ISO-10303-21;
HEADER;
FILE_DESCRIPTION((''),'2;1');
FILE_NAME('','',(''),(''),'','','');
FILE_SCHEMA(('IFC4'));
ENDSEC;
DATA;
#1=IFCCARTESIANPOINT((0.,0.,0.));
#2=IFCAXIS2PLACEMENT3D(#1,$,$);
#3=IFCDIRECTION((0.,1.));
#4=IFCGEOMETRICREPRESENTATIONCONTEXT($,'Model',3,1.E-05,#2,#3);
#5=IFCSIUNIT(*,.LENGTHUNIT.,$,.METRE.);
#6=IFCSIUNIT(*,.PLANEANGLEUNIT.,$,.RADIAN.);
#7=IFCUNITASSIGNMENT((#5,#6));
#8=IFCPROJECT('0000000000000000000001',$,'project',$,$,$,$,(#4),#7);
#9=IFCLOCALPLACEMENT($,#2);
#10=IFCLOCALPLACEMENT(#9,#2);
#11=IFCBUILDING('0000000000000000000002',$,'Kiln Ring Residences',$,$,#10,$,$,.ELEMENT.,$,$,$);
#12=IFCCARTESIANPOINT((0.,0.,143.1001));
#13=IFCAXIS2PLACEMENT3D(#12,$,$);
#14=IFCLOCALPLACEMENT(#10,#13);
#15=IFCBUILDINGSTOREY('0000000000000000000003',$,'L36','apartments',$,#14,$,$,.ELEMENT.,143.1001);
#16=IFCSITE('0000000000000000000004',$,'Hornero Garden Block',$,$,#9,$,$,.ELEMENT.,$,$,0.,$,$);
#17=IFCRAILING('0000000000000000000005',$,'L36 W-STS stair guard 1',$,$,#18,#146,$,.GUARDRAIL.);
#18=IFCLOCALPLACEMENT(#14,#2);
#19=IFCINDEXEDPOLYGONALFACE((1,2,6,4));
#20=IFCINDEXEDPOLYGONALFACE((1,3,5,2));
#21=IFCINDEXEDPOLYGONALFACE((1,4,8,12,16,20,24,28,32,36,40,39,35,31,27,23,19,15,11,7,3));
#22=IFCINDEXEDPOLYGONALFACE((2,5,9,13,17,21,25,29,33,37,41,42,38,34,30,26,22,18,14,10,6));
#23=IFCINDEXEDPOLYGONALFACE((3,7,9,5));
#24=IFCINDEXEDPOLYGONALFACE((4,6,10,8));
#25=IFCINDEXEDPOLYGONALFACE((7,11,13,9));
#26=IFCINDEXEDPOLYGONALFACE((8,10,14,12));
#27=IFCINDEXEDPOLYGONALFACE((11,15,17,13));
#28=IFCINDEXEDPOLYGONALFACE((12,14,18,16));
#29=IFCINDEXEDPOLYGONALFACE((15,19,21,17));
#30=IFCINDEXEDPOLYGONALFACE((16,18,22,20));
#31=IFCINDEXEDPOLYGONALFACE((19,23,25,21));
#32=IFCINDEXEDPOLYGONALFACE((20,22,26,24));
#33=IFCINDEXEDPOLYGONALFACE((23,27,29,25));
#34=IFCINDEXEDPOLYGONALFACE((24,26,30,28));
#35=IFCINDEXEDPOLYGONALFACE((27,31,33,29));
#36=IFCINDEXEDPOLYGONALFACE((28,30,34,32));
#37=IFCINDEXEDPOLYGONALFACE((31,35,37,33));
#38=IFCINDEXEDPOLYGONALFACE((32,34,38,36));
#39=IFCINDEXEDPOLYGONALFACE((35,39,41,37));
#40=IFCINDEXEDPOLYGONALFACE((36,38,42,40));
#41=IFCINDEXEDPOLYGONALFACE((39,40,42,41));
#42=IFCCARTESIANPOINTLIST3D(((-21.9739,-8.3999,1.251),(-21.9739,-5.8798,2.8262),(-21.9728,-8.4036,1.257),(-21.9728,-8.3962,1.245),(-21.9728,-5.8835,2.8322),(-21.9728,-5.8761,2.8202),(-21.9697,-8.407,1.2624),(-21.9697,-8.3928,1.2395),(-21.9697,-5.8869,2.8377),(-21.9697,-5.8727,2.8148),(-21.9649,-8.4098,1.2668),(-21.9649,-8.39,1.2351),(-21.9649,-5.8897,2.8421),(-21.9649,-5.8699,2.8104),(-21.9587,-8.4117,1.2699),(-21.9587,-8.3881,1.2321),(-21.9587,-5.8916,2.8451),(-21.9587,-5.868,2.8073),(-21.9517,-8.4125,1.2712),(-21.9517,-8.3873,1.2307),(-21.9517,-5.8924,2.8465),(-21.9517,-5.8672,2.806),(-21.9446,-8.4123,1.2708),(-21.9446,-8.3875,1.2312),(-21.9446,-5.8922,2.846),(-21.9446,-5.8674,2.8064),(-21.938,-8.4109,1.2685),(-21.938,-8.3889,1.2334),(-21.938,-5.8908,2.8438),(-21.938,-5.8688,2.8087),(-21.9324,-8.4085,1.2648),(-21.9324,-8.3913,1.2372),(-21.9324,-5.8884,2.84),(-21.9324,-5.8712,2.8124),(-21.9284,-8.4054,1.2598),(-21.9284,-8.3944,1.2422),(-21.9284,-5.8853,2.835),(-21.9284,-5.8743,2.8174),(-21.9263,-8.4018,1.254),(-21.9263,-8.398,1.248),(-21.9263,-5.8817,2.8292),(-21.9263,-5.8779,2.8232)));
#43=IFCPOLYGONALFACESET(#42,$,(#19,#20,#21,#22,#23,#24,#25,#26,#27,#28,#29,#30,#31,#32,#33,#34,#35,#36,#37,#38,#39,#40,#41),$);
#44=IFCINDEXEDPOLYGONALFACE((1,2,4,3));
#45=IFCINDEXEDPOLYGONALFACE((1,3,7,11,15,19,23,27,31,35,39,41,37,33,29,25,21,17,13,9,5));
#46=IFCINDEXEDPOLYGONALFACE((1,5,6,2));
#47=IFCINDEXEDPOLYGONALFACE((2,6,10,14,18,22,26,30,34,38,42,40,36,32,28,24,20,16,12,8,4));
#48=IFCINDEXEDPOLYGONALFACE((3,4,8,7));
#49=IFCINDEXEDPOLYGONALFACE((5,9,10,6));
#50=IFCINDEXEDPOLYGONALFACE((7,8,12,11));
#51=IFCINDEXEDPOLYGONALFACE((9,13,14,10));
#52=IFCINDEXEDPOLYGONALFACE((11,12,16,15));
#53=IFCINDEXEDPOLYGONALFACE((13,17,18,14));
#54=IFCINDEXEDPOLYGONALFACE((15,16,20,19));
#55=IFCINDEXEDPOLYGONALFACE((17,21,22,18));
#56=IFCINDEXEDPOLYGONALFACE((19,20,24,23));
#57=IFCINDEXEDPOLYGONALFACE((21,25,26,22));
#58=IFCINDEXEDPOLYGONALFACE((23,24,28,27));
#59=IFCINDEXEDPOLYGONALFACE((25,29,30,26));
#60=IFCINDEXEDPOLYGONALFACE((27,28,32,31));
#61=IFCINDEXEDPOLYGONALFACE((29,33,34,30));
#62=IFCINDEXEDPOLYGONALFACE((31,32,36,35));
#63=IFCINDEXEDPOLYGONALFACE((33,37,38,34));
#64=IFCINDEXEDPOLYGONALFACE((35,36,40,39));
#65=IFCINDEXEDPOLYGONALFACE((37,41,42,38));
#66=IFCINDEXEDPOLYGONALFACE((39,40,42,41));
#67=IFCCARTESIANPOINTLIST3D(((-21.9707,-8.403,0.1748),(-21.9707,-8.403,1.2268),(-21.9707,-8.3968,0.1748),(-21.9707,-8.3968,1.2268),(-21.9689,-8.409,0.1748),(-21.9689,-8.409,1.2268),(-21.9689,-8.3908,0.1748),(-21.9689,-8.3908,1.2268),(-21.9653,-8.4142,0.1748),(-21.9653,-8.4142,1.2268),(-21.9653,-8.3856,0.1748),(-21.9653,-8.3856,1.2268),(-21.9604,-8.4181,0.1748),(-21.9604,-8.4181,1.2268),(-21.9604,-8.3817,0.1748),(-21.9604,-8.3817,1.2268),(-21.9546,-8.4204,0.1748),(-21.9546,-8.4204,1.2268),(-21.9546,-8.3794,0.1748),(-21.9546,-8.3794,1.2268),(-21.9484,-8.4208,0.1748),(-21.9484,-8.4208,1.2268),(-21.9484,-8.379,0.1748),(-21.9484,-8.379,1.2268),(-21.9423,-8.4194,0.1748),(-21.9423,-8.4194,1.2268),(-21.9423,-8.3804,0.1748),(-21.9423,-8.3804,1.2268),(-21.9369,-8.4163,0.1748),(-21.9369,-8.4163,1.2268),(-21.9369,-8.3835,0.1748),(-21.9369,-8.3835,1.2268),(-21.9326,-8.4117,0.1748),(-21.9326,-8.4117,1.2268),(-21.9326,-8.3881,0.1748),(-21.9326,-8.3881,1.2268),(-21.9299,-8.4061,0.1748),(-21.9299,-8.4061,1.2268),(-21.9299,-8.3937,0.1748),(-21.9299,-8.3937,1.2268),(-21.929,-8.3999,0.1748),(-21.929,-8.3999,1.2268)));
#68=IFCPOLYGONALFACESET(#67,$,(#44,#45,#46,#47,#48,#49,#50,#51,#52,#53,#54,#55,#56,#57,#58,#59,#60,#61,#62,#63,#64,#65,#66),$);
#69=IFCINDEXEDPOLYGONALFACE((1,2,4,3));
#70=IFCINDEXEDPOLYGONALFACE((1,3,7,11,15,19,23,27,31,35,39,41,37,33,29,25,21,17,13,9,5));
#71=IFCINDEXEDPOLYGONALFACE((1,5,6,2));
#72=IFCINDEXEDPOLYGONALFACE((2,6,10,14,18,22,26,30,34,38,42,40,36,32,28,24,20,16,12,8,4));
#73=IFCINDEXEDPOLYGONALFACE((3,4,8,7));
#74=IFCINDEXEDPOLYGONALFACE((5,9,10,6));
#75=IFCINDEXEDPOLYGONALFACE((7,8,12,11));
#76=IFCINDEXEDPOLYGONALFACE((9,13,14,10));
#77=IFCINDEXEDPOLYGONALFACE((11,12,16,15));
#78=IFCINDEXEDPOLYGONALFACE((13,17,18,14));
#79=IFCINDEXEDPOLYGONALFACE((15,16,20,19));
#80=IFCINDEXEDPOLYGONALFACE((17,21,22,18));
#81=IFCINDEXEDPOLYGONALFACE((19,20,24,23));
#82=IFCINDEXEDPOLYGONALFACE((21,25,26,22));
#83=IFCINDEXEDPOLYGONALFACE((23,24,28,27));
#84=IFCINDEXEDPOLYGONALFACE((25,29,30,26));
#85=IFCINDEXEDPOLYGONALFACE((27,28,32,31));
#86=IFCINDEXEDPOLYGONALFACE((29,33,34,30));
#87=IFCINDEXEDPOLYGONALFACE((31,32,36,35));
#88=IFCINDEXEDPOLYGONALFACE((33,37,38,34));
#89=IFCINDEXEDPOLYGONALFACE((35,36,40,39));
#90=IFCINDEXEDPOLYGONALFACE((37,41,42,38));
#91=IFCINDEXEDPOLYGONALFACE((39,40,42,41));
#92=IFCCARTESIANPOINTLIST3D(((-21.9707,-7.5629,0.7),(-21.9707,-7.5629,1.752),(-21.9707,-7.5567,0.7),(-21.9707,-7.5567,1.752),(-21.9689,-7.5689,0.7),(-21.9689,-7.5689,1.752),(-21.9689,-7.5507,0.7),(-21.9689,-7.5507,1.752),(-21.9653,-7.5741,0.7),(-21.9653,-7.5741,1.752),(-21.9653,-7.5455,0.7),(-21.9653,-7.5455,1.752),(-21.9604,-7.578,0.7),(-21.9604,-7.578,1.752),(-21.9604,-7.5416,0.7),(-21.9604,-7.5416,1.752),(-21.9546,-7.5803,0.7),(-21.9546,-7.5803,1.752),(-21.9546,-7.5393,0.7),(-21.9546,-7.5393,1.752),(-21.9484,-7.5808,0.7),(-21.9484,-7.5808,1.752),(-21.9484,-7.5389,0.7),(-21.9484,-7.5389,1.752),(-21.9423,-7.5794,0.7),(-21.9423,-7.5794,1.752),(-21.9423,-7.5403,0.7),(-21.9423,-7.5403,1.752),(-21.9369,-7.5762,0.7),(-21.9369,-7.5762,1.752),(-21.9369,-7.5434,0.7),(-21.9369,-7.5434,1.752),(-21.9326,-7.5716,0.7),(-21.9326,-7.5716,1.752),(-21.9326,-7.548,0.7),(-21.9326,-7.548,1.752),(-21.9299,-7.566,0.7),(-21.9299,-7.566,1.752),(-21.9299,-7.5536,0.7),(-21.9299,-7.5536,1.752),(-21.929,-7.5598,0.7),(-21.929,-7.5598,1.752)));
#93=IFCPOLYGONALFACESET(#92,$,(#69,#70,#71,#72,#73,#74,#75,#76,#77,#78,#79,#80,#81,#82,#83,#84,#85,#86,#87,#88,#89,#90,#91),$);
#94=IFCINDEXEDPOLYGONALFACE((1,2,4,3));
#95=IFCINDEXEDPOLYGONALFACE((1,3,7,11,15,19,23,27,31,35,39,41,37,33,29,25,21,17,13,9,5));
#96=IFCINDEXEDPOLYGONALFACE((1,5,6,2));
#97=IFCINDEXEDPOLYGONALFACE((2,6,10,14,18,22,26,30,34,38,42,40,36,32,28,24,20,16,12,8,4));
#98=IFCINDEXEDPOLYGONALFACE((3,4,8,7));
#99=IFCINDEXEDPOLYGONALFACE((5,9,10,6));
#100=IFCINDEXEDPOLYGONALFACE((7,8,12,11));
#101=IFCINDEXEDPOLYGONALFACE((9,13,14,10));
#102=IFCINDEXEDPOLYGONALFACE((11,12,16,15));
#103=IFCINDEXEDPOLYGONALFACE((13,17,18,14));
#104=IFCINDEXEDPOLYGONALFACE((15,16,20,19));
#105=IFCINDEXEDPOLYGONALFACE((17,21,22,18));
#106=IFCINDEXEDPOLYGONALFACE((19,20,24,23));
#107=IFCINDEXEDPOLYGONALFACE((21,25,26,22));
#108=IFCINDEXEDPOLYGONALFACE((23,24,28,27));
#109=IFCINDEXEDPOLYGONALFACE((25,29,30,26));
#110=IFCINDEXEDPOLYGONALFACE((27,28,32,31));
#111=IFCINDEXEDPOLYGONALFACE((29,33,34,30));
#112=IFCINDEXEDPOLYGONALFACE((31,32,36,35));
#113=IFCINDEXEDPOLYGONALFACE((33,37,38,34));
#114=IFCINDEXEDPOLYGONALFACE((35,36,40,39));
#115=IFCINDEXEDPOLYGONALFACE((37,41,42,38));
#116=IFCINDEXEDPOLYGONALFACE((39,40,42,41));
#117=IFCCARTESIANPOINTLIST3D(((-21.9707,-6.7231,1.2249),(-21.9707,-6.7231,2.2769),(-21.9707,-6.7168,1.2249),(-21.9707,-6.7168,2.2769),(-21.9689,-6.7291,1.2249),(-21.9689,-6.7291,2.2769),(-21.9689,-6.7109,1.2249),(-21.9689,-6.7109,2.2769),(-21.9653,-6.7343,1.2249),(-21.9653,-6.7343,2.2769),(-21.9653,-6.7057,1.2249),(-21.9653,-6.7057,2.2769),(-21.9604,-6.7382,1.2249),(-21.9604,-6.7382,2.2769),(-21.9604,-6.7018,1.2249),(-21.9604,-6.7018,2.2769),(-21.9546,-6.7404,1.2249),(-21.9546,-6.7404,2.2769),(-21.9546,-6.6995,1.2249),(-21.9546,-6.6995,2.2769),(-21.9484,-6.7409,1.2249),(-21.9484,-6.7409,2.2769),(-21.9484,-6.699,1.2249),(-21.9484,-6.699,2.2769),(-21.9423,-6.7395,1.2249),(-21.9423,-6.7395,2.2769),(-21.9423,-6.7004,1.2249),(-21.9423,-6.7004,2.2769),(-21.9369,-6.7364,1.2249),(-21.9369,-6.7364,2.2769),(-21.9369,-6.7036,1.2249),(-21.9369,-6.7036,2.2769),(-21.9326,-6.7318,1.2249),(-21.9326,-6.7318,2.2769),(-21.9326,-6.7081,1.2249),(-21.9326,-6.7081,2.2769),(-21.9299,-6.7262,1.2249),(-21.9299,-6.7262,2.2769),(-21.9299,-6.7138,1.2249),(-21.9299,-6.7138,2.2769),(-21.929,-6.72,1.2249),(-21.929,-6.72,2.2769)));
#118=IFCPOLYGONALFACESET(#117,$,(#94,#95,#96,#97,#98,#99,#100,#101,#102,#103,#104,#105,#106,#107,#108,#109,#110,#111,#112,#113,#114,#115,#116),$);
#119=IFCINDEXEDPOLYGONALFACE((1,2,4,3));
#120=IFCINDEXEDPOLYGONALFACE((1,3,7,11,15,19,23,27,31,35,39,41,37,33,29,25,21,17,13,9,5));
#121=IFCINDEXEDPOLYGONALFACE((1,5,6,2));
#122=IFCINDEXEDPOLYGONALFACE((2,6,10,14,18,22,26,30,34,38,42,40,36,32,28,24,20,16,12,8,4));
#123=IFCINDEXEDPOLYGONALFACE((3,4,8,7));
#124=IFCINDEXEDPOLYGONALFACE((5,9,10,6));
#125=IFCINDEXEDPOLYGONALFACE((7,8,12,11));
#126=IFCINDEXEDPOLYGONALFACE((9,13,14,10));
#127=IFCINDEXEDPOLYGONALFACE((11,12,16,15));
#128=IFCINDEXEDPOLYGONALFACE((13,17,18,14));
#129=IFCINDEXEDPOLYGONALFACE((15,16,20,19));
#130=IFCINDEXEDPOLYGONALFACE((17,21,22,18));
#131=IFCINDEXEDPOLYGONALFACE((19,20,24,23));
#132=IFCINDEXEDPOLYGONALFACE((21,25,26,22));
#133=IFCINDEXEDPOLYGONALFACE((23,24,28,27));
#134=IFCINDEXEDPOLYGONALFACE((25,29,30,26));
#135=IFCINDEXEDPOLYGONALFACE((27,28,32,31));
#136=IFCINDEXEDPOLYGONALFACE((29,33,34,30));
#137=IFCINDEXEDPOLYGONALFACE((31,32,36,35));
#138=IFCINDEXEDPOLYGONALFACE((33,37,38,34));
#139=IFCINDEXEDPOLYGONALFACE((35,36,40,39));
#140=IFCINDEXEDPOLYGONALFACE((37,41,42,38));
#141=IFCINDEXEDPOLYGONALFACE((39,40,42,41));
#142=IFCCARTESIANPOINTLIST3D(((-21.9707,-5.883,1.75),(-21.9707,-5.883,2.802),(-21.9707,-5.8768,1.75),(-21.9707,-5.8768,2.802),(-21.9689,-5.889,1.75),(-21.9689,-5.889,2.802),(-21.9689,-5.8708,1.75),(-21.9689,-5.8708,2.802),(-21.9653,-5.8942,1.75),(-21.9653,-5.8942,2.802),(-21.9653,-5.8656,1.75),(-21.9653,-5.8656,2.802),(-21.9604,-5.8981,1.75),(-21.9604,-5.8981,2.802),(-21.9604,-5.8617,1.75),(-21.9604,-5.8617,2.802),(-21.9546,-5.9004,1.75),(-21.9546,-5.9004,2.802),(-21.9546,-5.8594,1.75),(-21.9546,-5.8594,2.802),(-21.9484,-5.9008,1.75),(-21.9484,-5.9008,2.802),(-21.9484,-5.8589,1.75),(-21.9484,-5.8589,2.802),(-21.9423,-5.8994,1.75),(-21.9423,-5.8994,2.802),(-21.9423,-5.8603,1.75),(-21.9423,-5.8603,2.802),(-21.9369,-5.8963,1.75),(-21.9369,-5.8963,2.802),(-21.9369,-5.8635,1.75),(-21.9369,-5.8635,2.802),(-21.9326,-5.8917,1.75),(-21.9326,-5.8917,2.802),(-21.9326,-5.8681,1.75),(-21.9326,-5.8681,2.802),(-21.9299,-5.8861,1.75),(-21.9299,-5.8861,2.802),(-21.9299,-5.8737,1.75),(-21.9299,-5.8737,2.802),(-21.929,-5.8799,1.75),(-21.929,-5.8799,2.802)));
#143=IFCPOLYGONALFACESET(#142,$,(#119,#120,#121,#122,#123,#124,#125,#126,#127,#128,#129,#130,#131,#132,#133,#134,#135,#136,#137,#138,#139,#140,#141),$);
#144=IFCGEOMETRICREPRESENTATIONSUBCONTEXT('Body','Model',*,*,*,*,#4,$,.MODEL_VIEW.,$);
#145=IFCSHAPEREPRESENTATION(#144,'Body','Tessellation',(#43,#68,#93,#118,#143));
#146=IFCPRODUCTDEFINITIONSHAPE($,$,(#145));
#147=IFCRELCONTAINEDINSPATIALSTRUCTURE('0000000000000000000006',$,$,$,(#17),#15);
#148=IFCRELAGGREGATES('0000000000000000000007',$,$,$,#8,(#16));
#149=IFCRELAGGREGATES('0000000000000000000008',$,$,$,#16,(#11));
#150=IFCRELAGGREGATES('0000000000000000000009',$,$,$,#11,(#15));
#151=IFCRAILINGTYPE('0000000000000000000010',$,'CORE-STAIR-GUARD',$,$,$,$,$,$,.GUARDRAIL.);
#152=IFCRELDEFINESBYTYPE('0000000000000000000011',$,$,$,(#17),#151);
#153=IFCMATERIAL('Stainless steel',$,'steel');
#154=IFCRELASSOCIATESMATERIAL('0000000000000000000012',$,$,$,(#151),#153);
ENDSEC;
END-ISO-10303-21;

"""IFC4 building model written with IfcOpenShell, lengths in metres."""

from ifc_helpers import new_model, si_unit, direction, frame, origin, origin_2d, place, context, subcontext, project, spatial, circle, extrude, material, type_object, element, save


model = new_model("IFC4")

# Units and contexts
model_context = context("Model", 3, precision=1e-05, world=origin(), true_north=direction((0.0, 1.0)))
body_context = subcontext(model_context, "Body", "Model", "MODEL_VIEW")
ifc_project = project(units=[si_unit("LENGTHUNIT", "METRE"), si_unit("PLANEANGLEUNIT", "RADIAN")], contexts=[model_context])

# Site, building, storey
site_placement = place(None, origin())
site = spatial("IfcSite", under=ifc_project, at=site_placement, Name="Hornero Garden Block", CompositionType="ELEMENT", RefElevation=0.0)
building_placement = place(site_placement, origin())
building = spatial("IfcBuilding", under=site, at=building_placement, Name="Kiln Ring Residences", CompositionType="ELEMENT")
storey_placement = place(building_placement, frame((0.0, 0.0, 143.1001)))
storey = spatial("IfcBuildingStorey", under=building, at=storey_placement, Name="L36", Description="apartments", CompositionType="ELEMENT", Elevation=143.1001)

# Railing
ifc_material_1 = material(Name="Stainless steel", Category="steel")
railing_type_1 = type_object("IfcRailingType", Name="CORE-STAIR-GUARD", PredefinedType="GUARDRAIL", material=ifc_material_1)
railing_1_placement = place(storey_placement, frame((-21.95, -8.3999, 0.1748)))
element("IfcRailing", 1, at=railing_1_placement, inside=storey, type_object=railing_type_1, Name="L36 W-STS stair guard 1", PredefinedType="GUARDRAIL", context=body_context, shape_type="SweptSolid", body=[
    extrude(circle(Radius=0.0239, at=origin_2d()), frame((0.0, 0.0, 1.0762), z_axis=(0.0, 0.847971, 0.530043), x_axis=(-1.0, 0.0, 0.0)), (0.0, 0.0, 1.0), 2.9719),
    extrude(circle(Radius=0.021, at=origin_2d()), origin(), (0.0, 0.0, 1.0), 1.052),
    extrude(circle(Radius=0.021, at=origin_2d()), frame((0.0, 0.8401, 0.5251)), (0.0, 0.0, 1.0), 1.052),
    extrude(circle(Radius=0.021, at=origin_2d()), frame((0.0, 1.6799, 1.05)), (0.0, 0.0, 1.0), 1.052),
    extrude(circle(Radius=0.021, at=origin_2d()), frame((0.0, 2.52, 1.5752)), (0.0, 0.0, 1.0), 1.052),
])

save(model, "model.ifc")
